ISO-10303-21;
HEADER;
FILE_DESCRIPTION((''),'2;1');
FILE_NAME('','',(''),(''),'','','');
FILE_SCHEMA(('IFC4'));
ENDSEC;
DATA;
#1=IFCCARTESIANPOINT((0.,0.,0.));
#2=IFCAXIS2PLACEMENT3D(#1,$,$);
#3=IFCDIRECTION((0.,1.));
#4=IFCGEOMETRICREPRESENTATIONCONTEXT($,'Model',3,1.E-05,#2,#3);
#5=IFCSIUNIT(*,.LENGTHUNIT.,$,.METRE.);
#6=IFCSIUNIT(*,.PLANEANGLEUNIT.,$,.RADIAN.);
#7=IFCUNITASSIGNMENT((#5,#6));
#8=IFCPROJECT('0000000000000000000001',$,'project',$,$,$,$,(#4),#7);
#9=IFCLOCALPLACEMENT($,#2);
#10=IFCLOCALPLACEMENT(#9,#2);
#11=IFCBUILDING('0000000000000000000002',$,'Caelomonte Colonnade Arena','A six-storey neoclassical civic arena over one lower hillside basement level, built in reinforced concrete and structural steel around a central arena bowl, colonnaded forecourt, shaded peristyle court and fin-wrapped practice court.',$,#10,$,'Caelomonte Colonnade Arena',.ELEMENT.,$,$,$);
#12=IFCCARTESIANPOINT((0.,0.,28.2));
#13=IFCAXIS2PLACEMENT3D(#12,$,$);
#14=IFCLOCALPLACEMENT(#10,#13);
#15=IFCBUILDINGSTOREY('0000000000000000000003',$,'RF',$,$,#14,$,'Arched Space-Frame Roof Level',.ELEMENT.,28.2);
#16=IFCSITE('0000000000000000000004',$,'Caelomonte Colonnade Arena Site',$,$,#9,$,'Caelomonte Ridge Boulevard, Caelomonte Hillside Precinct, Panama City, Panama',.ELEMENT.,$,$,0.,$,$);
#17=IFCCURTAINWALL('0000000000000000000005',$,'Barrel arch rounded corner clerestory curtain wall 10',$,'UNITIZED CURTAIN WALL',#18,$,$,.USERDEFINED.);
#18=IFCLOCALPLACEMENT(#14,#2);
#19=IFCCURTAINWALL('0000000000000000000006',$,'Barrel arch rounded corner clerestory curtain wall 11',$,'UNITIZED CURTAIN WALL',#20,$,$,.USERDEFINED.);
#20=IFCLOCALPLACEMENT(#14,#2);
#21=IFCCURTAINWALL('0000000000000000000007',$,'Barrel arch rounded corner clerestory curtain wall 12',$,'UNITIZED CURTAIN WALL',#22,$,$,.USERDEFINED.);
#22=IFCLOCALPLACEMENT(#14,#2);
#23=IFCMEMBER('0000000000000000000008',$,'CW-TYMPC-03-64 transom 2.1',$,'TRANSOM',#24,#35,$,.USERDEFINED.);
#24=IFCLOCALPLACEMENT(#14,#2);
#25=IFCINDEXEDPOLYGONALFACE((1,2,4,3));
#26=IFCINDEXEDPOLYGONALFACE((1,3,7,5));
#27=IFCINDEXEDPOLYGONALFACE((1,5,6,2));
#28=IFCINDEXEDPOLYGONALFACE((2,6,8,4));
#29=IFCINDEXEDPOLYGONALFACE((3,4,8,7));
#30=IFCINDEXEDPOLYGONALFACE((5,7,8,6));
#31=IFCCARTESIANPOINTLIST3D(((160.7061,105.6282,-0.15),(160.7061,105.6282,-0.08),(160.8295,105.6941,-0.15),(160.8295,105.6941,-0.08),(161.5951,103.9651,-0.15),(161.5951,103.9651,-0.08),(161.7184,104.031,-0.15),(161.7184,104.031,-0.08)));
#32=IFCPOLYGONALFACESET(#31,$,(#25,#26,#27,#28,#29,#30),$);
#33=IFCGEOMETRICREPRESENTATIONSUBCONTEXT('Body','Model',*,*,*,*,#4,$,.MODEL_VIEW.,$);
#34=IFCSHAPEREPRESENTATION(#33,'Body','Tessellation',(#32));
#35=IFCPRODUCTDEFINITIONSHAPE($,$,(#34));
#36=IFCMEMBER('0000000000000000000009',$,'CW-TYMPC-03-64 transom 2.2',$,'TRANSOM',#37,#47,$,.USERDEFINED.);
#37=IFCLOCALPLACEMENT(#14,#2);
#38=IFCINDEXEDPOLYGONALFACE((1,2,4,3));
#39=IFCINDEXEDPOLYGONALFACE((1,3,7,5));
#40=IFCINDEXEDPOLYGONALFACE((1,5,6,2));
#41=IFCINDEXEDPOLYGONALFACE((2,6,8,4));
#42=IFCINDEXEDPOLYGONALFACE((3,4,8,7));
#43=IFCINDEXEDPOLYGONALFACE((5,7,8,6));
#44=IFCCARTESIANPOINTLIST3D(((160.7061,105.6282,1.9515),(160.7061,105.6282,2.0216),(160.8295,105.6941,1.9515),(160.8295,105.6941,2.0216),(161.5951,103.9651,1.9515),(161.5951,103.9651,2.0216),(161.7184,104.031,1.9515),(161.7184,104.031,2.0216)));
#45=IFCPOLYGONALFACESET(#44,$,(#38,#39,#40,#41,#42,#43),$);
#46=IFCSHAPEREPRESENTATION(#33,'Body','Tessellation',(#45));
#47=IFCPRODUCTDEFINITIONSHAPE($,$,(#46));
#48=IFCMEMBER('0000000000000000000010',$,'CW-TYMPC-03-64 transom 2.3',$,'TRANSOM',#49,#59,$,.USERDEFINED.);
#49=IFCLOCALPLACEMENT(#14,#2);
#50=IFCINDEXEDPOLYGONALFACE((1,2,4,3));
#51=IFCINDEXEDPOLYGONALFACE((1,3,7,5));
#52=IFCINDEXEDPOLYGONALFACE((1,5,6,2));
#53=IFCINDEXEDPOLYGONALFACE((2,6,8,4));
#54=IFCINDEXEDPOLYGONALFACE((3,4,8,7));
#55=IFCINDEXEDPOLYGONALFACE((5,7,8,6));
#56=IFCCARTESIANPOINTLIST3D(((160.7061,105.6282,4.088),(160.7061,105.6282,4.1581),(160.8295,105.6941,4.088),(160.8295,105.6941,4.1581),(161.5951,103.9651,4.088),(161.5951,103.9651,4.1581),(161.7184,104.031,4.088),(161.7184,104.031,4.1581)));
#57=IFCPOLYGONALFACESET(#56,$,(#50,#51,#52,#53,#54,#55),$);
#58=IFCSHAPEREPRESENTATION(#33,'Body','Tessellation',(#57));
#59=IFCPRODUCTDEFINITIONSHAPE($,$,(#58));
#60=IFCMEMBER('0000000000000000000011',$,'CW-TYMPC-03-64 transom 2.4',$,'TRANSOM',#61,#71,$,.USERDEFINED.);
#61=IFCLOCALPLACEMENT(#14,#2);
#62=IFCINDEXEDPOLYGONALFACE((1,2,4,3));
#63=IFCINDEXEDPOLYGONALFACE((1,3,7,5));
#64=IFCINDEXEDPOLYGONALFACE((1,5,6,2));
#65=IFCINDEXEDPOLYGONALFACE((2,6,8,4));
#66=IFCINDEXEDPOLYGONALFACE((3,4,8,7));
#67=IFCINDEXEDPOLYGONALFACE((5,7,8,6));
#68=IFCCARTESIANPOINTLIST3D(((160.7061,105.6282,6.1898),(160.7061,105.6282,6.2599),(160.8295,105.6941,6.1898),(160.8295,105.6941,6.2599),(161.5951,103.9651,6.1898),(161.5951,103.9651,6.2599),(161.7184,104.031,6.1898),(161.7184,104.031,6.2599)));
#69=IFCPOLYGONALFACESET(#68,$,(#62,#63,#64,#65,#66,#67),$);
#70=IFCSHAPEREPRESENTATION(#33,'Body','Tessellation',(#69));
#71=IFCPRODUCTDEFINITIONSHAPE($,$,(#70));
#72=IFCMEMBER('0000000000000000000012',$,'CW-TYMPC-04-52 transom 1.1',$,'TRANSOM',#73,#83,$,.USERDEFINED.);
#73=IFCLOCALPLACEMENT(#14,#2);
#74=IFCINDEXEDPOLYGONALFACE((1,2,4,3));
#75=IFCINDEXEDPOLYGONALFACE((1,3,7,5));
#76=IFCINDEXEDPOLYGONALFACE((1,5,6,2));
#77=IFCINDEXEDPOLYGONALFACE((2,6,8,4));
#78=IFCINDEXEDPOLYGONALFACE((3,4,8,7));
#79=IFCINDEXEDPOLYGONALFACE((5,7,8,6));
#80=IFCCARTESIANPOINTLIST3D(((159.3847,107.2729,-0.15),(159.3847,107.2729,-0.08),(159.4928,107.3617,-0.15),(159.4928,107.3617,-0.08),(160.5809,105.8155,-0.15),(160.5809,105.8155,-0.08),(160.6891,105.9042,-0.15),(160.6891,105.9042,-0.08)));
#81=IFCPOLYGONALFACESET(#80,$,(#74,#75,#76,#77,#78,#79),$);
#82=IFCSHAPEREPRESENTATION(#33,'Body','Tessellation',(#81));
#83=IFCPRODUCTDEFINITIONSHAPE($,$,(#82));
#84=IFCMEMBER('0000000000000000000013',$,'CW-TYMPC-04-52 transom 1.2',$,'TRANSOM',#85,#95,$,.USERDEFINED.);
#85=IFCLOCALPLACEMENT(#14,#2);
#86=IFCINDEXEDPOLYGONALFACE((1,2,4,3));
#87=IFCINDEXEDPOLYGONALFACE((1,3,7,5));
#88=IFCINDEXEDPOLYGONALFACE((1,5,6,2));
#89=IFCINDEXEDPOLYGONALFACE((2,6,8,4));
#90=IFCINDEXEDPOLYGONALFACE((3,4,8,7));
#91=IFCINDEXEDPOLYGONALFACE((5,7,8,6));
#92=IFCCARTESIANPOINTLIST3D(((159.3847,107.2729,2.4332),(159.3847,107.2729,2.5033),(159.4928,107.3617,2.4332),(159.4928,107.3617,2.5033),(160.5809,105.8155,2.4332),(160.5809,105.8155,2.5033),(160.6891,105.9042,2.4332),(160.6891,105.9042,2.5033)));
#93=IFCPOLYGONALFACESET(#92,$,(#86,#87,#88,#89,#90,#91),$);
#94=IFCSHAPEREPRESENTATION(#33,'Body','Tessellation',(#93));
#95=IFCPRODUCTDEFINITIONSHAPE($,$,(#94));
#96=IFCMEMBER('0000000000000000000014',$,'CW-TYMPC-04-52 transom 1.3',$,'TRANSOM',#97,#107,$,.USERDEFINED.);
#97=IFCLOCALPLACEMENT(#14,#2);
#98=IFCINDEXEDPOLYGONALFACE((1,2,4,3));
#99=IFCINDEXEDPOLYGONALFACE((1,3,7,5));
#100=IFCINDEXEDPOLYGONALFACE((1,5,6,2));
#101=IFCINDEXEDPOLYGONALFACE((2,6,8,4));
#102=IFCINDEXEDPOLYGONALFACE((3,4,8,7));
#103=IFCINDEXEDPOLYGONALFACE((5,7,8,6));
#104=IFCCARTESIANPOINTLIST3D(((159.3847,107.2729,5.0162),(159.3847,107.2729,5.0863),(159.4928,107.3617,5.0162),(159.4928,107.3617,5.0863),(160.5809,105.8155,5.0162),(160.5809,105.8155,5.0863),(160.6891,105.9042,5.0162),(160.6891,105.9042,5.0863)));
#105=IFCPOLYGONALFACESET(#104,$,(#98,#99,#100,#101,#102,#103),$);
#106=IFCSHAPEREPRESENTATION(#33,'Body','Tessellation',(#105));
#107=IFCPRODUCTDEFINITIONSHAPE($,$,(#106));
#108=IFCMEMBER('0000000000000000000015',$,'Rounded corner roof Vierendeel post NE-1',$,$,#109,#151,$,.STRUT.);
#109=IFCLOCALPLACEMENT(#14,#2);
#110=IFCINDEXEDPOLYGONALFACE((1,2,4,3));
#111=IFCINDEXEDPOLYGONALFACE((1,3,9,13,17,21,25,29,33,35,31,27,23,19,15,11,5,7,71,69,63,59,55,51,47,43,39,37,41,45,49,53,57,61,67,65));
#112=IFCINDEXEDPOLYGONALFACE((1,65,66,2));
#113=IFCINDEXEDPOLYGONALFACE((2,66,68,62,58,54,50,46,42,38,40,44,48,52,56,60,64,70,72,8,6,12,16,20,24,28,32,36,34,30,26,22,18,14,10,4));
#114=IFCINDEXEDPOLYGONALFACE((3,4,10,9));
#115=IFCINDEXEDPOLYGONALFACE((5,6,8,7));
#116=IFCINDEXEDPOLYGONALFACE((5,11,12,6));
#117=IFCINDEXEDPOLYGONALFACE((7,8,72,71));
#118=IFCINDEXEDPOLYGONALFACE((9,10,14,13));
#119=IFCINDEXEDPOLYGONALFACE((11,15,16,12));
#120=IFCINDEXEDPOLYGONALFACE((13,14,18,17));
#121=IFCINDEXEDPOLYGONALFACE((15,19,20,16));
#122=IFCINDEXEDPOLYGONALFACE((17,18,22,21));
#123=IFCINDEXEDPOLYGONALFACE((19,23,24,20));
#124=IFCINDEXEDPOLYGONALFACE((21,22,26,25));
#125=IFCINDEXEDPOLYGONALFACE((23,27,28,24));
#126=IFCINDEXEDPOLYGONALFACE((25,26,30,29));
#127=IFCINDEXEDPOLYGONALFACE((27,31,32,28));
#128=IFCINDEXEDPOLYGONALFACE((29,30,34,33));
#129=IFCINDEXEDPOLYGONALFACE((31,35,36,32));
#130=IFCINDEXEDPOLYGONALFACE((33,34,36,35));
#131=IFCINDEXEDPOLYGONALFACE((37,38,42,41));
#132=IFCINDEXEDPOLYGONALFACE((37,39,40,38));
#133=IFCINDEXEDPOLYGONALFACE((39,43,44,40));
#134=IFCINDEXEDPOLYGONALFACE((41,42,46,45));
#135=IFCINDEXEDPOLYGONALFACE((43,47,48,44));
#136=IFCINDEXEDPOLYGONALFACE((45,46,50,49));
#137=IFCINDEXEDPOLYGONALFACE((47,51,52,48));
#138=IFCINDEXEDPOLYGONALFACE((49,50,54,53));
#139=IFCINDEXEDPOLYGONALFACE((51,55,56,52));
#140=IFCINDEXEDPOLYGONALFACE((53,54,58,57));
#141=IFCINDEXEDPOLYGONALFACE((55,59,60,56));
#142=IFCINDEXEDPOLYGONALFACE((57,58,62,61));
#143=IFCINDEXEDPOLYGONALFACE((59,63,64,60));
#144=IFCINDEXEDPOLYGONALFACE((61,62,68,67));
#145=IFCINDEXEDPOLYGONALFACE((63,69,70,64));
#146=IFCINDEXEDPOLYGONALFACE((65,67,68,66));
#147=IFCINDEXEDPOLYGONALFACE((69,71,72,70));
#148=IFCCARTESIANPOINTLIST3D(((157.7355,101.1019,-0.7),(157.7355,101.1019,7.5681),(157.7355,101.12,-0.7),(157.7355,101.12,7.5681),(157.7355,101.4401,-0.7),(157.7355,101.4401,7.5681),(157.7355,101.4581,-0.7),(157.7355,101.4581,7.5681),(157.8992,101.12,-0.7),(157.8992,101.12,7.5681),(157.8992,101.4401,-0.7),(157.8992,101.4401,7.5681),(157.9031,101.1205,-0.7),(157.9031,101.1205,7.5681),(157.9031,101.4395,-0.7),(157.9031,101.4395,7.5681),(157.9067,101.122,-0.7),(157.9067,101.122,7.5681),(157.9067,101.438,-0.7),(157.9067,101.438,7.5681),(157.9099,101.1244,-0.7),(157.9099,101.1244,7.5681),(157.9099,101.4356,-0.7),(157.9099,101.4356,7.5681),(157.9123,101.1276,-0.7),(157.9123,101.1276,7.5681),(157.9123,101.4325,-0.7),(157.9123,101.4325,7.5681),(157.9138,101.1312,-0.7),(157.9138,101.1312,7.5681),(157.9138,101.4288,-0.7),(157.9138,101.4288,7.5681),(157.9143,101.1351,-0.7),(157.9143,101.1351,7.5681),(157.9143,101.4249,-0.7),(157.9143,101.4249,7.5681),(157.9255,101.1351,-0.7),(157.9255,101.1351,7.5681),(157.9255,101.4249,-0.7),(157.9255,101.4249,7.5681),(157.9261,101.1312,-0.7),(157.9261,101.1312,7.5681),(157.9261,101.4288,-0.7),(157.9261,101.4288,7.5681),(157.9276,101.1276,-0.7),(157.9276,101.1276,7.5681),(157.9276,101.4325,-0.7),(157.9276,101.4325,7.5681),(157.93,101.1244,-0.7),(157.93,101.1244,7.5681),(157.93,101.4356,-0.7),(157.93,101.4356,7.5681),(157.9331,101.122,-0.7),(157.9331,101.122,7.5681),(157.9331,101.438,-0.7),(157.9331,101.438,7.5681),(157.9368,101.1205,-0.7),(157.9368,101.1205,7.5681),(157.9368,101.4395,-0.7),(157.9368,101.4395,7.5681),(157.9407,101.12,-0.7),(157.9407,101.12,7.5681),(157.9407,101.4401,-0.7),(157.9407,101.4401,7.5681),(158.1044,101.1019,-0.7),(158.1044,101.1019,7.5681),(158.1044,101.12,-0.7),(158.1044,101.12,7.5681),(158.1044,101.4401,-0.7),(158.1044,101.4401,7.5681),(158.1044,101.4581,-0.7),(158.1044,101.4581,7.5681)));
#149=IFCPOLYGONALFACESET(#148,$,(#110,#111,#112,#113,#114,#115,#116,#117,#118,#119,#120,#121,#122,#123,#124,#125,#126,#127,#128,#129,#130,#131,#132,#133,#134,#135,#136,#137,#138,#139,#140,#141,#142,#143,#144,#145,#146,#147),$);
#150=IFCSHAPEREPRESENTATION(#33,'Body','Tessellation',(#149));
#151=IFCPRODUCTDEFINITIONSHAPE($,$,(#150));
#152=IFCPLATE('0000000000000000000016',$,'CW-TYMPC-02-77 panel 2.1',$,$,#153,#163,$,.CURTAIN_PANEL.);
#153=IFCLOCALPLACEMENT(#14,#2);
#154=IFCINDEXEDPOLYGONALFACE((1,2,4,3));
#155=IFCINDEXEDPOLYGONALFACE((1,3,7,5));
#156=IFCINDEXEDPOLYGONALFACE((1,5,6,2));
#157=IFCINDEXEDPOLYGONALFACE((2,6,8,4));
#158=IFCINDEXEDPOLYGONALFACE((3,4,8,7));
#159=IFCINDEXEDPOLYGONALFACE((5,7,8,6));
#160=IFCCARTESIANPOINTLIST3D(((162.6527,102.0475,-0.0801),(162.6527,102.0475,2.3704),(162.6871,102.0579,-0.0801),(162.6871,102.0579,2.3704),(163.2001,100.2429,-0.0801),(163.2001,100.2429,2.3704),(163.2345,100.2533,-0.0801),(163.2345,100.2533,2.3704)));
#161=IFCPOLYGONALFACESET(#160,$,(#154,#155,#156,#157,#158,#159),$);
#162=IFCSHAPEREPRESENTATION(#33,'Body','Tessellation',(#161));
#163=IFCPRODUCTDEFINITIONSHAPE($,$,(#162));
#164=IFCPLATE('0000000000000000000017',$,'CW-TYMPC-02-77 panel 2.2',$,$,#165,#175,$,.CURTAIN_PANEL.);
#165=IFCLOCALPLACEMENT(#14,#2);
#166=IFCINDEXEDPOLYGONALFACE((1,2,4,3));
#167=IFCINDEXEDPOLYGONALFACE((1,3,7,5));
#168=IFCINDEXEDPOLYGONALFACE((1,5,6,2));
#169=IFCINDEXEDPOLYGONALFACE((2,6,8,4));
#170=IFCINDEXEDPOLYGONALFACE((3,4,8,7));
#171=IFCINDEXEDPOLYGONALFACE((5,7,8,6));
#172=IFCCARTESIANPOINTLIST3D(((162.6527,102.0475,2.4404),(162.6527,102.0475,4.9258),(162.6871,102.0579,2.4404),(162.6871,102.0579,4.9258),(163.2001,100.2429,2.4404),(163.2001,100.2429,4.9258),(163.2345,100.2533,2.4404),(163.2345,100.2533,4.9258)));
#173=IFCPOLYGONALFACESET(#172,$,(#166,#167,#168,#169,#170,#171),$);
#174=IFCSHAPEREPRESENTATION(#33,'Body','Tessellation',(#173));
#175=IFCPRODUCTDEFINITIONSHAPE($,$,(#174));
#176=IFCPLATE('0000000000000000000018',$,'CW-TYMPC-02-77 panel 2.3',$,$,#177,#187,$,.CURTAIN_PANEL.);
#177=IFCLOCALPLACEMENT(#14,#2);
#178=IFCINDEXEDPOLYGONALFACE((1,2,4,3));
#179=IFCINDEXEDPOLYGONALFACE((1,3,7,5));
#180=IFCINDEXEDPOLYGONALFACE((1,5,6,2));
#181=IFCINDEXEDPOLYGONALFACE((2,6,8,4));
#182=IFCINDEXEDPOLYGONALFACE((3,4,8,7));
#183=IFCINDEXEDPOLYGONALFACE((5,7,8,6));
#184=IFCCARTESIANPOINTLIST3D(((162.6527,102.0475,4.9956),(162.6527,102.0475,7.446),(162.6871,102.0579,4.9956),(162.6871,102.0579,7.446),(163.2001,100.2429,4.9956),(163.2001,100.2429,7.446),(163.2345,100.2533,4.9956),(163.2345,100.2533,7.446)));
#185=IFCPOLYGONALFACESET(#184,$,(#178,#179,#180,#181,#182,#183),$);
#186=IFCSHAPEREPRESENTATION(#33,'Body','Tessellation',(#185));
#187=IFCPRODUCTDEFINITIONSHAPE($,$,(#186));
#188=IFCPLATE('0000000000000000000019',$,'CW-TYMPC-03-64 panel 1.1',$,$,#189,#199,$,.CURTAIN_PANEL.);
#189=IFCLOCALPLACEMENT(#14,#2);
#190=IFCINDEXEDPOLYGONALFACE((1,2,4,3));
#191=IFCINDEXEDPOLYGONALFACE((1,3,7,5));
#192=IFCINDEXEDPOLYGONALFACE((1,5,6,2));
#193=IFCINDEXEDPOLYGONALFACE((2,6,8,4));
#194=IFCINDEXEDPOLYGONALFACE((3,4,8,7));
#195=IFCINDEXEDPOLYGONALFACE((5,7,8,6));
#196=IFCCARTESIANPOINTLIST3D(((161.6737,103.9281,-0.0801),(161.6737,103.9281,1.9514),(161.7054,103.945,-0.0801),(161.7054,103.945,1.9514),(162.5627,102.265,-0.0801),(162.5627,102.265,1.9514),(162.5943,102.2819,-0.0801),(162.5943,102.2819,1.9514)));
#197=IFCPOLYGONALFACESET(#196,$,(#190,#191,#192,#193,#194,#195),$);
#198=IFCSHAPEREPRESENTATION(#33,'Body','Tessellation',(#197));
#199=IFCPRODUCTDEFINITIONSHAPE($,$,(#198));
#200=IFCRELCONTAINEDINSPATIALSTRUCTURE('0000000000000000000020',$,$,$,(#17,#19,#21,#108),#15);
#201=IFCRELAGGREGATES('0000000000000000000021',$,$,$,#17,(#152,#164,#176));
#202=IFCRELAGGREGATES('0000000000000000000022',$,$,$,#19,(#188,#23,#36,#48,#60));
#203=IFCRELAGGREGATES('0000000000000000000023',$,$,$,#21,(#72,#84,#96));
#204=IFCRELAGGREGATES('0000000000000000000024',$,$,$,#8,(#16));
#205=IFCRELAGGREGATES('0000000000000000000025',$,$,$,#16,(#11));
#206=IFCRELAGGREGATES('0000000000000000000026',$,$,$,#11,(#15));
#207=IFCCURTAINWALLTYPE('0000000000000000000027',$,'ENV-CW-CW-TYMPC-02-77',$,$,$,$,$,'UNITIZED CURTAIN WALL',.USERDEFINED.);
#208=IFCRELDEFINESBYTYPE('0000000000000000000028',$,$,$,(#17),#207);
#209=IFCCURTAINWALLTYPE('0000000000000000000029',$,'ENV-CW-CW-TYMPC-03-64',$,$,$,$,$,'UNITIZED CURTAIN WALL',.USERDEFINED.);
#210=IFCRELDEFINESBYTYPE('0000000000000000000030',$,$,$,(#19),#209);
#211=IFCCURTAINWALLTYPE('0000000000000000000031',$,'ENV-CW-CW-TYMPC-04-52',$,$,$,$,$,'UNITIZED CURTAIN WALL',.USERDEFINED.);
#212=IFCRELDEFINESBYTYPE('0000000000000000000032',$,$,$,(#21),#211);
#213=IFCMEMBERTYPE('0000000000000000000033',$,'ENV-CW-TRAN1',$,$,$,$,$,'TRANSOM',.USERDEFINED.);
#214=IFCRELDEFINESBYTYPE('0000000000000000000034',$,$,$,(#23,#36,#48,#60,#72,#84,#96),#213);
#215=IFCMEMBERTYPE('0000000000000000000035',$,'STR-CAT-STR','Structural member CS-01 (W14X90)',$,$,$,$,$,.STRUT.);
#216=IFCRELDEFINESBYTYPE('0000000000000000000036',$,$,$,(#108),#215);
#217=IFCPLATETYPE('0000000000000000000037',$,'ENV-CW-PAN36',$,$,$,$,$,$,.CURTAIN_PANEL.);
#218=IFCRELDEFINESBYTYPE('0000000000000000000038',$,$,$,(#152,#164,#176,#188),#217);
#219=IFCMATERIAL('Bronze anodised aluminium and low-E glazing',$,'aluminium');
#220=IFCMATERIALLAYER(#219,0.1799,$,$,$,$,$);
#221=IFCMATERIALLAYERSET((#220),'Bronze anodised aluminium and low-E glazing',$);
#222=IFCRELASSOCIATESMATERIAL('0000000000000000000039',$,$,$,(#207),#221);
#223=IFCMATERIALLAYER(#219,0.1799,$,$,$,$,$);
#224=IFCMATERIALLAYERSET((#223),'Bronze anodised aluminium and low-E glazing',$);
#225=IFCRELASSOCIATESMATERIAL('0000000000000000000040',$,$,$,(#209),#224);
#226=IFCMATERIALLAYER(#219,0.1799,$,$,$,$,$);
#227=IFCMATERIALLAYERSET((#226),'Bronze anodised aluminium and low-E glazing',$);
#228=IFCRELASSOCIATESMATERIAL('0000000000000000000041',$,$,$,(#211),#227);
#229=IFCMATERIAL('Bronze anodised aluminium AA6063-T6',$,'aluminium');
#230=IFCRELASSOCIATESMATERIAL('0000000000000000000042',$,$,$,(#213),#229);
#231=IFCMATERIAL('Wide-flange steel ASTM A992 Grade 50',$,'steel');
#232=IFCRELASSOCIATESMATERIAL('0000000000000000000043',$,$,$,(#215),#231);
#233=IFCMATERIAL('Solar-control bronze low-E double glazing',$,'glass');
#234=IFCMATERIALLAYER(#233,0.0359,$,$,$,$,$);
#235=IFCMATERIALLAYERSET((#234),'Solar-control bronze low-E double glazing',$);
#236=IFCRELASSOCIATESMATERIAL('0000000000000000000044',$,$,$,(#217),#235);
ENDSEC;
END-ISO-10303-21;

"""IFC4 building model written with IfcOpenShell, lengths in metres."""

from ifc_helpers import new_model, si_unit, direction, frame, origin, origin_2d, place, context, subcontext, project, spatial, rectangle, i_section, extrude, material, layer, layer_set, material_profile, profile_set, type_object, element, aggregate, save


model = new_model("IFC4")

# Units and contexts
model_context = context("Model", 3, precision=1e-05, world=origin(), true_north=direction((0.0, 1.0)))
body_context = subcontext(model_context, "Body", "Model", "MODEL_VIEW")
ifc_project = project(units=[si_unit("LENGTHUNIT", "METRE"), si_unit("PLANEANGLEUNIT", "RADIAN")], contexts=[model_context])

# Site, building, storey
site_placement = place(None, origin())
site = spatial("IfcSite", under=ifc_project, at=site_placement, Name="Caelomonte Colonnade Arena Site", LongName="Caelomonte Ridge Boulevard, Caelomonte Hillside Precinct, Panama City, Panama", CompositionType="ELEMENT", RefElevation=0.0)
building_placement = place(site_placement, origin())
building = spatial("IfcBuilding", under=site, at=building_placement, Name="Caelomonte Colonnade Arena", Description="A six-storey neoclassical civic arena over one lower hillside basement level, built in reinforced concrete and structural steel around a central arena bowl, colonnaded forecourt, shaded peristyle court and fin-wrapped practice court.", LongName="Caelomonte Colonnade Arena", CompositionType="ELEMENT")
storey_placement = place(building_placement, frame((0.0, 0.0, 28.2)))
storey = spatial("IfcBuildingStorey", under=building, at=storey_placement, Name="RF", LongName="Arched Space-Frame Roof Level", CompositionType="ELEMENT", Elevation=28.2)

# Curtain walls
ifc_material_1 = material(Name="Bronze anodised aluminium and low-E glazing", Category="aluminium")
ifc_layer_1 = layer(ifc_material_1, 0.1799)
ifc_layer_set_1 = layer_set([ifc_layer_1], Name="Bronze anodised aluminium and low-E glazing")
curtain_wall_type_1 = type_object("IfcCurtainWallType", Name="ENV-CW-CW-TYMPC-02-77", ElementType="UNITIZED CURTAIN WALL", PredefinedType="USERDEFINED", material=ifc_layer_set_1)
curtain_wall_1_placement = place(storey_placement, origin())
curtain_wall_1 = element("IfcCurtainWall", 1, at=curtain_wall_1_placement, inside=storey, type_object=curtain_wall_type_1, Name="Barrel arch rounded corner clerestory curtain wall 10", ObjectType="UNITIZED CURTAIN WALL", PredefinedType="USERDEFINED")
ifc_material_2 = material(Name="Bronze anodised aluminium AA6063-T6", Category="aluminium")
ifc_layer_2 = layer(ifc_material_1, 0.1799)
ifc_layer_set_2 = layer_set([ifc_layer_2], Name="Bronze anodised aluminium and low-E glazing")
curtain_wall_type_2 = type_object("IfcCurtainWallType", Name="ENV-CW-CW-TYMPC-03-64", ElementType="UNITIZED CURTAIN WALL", PredefinedType="USERDEFINED", material=ifc_layer_set_2)
curtain_wall_2_placement = place(storey_placement, origin())
curtain_wall_2 = element("IfcCurtainWall", 2, at=curtain_wall_2_placement, inside=storey, type_object=curtain_wall_type_2, Name="Barrel arch rounded corner clerestory curtain wall 11", ObjectType="UNITIZED CURTAIN WALL", PredefinedType="USERDEFINED")

# Curtain wall
ifc_layer_3 = layer(ifc_material_1, 0.1799)
ifc_layer_set_3 = layer_set([ifc_layer_3], Name="Bronze anodised aluminium and low-E glazing")
curtain_wall_type_3 = type_object("IfcCurtainWallType", Name="ENV-CW-CW-TYMPC-04-52", ElementType="UNITIZED CURTAIN WALL", PredefinedType="USERDEFINED", material=ifc_layer_set_3)
curtain_wall_3_placement = place(storey_placement, origin())
curtain_wall_3 = element("IfcCurtainWall", 3, at=curtain_wall_3_placement, inside=storey, type_object=curtain_wall_type_3, Name="Barrel arch rounded corner clerestory curtain wall 12", ObjectType="UNITIZED CURTAIN WALL", PredefinedType="USERDEFINED")

# Members
ifc_material_profile_1 = material_profile(ifc_material_2, rectangle(XDim=0.0701, YDim=0.1399, at=origin_2d()), Name="CWT-70X140")
ifc_profile_set_1 = profile_set([ifc_material_profile_1], Name="Bronze anodised aluminium AA6063-T6")
member_type_1 = type_object("IfcMemberType", Name="ENV-CW-TRAN1", ElementType="TRANSOM", PredefinedType="USERDEFINED", material=ifc_profile_set_1)
member_1_placement = place(storey_placement, frame((161.6567, 103.998, -0.115), z_axis=(-0.471388, 0.881926, 0.0), x_axis=(0.0, 0.0, 1.0)))
member_1 = element("IfcMember", 4, at=member_1_placement, type_object=member_type_1, Name="CW-TYMPC-03-64 transom 2.1", ObjectType="TRANSOM", PredefinedType="USERDEFINED", context=body_context, shape_type="SweptSolid", body=[
    extrude(rectangle(XDim=0.0701, YDim=0.1399, at=origin_2d()), origin(), (0.0, 0.0, 1.0), 1.8857),
])
member_2_placement = place(storey_placement, frame((161.6567, 103.998, 1.9866), z_axis=(-0.471388, 0.881926, 0.0), x_axis=(0.0, 0.0, 1.0)))
member_2 = element("IfcMember", 5, at=member_2_placement, type_object=member_type_1, Name="CW-TYMPC-03-64 transom 2.2", ObjectType="TRANSOM", PredefinedType="USERDEFINED", context=body_context, shape_type="SweptSolid", body=[
    extrude(rectangle(XDim=0.0701, YDim=0.1399, at=origin_2d()), origin(), (0.0, 0.0, 1.0), 1.8857),
])
member_3_placement = place(storey_placement, frame((161.6567, 103.998, 4.123), z_axis=(-0.471388, 0.881926, 0.0), x_axis=(0.0, 0.0, 1.0)))
member_3 = element("IfcMember", 6, at=member_3_placement, type_object=member_type_1, Name="CW-TYMPC-03-64 transom 2.3", ObjectType="TRANSOM", PredefinedType="USERDEFINED", context=body_context, shape_type="SweptSolid", body=[
    extrude(rectangle(XDim=0.0701, YDim=0.1399, at=origin_2d()), origin(), (0.0, 0.0, 1.0), 1.8857),
])
member_4_placement = place(storey_placement, frame((161.6567, 103.998, 6.2249), z_axis=(-0.471388, 0.881926, 0.0), x_axis=(0.0, 0.0, 1.0)))
member_4 = element("IfcMember", 7, at=member_4_placement, type_object=member_type_1, Name="CW-TYMPC-03-64 transom 2.4", ObjectType="TRANSOM", PredefinedType="USERDEFINED", context=body_context, shape_type="SweptSolid", body=[
    extrude(rectangle(XDim=0.0701, YDim=0.1399, at=origin_2d()), origin(), (0.0, 0.0, 1.0), 1.8857),
])
member_5_placement = place(storey_placement, frame((160.635, 105.8599, -0.115), z_axis=(-0.634436, 0.772976, 0.0), x_axis=(0.0, 0.0, 1.0)))
member_5 = element("IfcMember", 8, at=member_5_placement, type_object=member_type_1, Name="CW-TYMPC-04-52 transom 1.1", ObjectType="TRANSOM", PredefinedType="USERDEFINED", context=body_context, shape_type="SweptSolid", body=[
    extrude(rectangle(XDim=0.0701, YDim=0.1399, at=origin_2d()), origin(), (0.0, 0.0, 1.0), 1.8855),
])
member_6_placement = place(storey_placement, frame((160.635, 105.8599, 2.4683), z_axis=(-0.634436, 0.772976, 0.0), x_axis=(0.0, 0.0, 1.0)))
member_6 = element("IfcMember", 9, at=member_6_placement, type_object=member_type_1, Name="CW-TYMPC-04-52 transom 1.2", ObjectType="TRANSOM", PredefinedType="USERDEFINED", context=body_context, shape_type="SweptSolid", body=[
    extrude(rectangle(XDim=0.0701, YDim=0.1399, at=origin_2d()), origin(), (0.0, 0.0, 1.0), 1.8855),
])
member_7_placement = place(storey_placement, frame((160.635, 105.8599, 5.0513), z_axis=(-0.634436, 0.772976, 0.0), x_axis=(0.0, 0.0, 1.0)))
member_7 = element("IfcMember", 10, at=member_7_placement, type_object=member_type_1, Name="CW-TYMPC-04-52 transom 1.3", ObjectType="TRANSOM", PredefinedType="USERDEFINED", context=body_context, shape_type="SweptSolid", body=[
    extrude(rectangle(XDim=0.0701, YDim=0.1399, at=origin_2d()), origin(), (0.0, 0.0, 1.0), 1.8855),
])
ifc_material_3 = material(Name="Wide-flange steel ASTM A992 Grade 50", Category="steel")
ifc_material_profile_2 = material_profile(ifc_material_3, i_section(OverallWidth=0.3689, OverallDepth=0.3562, WebThickness=0.0112, FlangeThickness=0.0181, FilletRadius=0.0151, at=origin_2d()), Name="W14X90")
ifc_profile_set_2 = profile_set([ifc_material_profile_2], Name="Wide-flange steel ASTM A992 Grade 50")
member_type_2 = type_object("IfcMemberType", Name="STR-CAT-STR", Description="Structural member CS-01 (W14X90)", PredefinedType="STRUT", material=ifc_profile_set_2)
member_8_placement = place(storey_placement, frame((157.9199, 101.28, -0.7), z_axis=(0.0, 0.0, 1.0), x_axis=(1.0, 0.0, 0.0)))
element("IfcMember", 11, at=member_8_placement, inside=storey, type_object=member_type_2, Name="Rounded corner roof Vierendeel post NE-1", PredefinedType="STRUT", context=body_context, shape_type="SweptSolid", body=[
    extrude(i_section(OverallWidth=0.3689, OverallDepth=0.3562, WebThickness=0.0112, FlangeThickness=0.0181, FilletRadius=0.0151, at=origin_2d()), origin(), (0.0, 0.0, 1.0), 8.2681),
])

# Plates
ifc_material_4 = material(Name="Solar-control bronze low-E double glazing", Category="glass")
ifc_layer_4 = layer(ifc_material_4, 0.0359)
ifc_layer_set_4 = layer_set([ifc_layer_4], Name="Solar-control bronze low-E double glazing")
plate_type = type_object("IfcPlateType", Name="ENV-CW-PAN36", PredefinedType="CURTAIN_PANEL", material=ifc_layer_set_4)
plate_1_placement = place(storey_placement, frame((162.9436, 101.1504, -0.0801), z_axis=(0.0, 0.0, 1.0), x_axis=(-0.290266, 0.956946, 0.0)))
plate_1 = element("IfcPlate", 12, at=plate_1_placement, type_object=plate_type, Name="CW-TYMPC-02-77 panel 2.1", PredefinedType="CURTAIN_PANEL", context=body_context, shape_type="SweptSolid", body=[
    extrude(rectangle(XDim=1.8857, YDim=0.0359, at=origin_2d()), origin(), (0.0, 0.0, 1.0), 2.4504),
])
plate_2_placement = place(storey_placement, frame((162.9436, 101.1504, 2.4404), z_axis=(0.0, 0.0, 1.0), x_axis=(-0.290266, 0.956946, 0.0)))
plate_2 = element("IfcPlate", 13, at=plate_2_placement, type_object=plate_type, Name="CW-TYMPC-02-77 panel 2.2", PredefinedType="CURTAIN_PANEL", context=body_context, shape_type="SweptSolid", body=[
    extrude(rectangle(XDim=1.8857, YDim=0.0359, at=origin_2d()), origin(), (0.0, 0.0, 1.0), 2.4854),
])
plate_3_placement = place(storey_placement, frame((162.9436, 101.1504, 4.9956), z_axis=(0.0, 0.0, 1.0), x_axis=(-0.290266, 0.956946, 0.0)))
plate_3 = element("IfcPlate", 14, at=plate_3_placement, type_object=plate_type, Name="CW-TYMPC-02-77 panel 2.3", PredefinedType="CURTAIN_PANEL", context=body_context, shape_type="SweptSolid", body=[
    extrude(rectangle(XDim=1.8857, YDim=0.0359, at=origin_2d()), origin(), (0.0, 0.0, 1.0), 2.4504),
])
aggregate(curtain_wall_1, [plate_1, plate_2, plate_3])
plate_4_placement = place(storey_placement, frame((162.134, 103.105, -0.0801), z_axis=(0.0, 0.0, 1.0), x_axis=(-0.471391, 0.881924, 0.0)))
plate_4 = element("IfcPlate", 15, at=plate_4_placement, type_object=plate_type, Name="CW-TYMPC-03-64 panel 1.1", PredefinedType="CURTAIN_PANEL", context=body_context, shape_type="SweptSolid", body=[
    extrude(rectangle(XDim=1.8857, YDim=0.0359, at=origin_2d()), origin(), (0.0, 0.0, 1.0), 2.0315),
])
aggregate(curtain_wall_2, [plate_4, member_1, member_2, member_3, member_4])
aggregate(curtain_wall_3, [member_5, member_6, member_7])

save(model, "model.ifc")
